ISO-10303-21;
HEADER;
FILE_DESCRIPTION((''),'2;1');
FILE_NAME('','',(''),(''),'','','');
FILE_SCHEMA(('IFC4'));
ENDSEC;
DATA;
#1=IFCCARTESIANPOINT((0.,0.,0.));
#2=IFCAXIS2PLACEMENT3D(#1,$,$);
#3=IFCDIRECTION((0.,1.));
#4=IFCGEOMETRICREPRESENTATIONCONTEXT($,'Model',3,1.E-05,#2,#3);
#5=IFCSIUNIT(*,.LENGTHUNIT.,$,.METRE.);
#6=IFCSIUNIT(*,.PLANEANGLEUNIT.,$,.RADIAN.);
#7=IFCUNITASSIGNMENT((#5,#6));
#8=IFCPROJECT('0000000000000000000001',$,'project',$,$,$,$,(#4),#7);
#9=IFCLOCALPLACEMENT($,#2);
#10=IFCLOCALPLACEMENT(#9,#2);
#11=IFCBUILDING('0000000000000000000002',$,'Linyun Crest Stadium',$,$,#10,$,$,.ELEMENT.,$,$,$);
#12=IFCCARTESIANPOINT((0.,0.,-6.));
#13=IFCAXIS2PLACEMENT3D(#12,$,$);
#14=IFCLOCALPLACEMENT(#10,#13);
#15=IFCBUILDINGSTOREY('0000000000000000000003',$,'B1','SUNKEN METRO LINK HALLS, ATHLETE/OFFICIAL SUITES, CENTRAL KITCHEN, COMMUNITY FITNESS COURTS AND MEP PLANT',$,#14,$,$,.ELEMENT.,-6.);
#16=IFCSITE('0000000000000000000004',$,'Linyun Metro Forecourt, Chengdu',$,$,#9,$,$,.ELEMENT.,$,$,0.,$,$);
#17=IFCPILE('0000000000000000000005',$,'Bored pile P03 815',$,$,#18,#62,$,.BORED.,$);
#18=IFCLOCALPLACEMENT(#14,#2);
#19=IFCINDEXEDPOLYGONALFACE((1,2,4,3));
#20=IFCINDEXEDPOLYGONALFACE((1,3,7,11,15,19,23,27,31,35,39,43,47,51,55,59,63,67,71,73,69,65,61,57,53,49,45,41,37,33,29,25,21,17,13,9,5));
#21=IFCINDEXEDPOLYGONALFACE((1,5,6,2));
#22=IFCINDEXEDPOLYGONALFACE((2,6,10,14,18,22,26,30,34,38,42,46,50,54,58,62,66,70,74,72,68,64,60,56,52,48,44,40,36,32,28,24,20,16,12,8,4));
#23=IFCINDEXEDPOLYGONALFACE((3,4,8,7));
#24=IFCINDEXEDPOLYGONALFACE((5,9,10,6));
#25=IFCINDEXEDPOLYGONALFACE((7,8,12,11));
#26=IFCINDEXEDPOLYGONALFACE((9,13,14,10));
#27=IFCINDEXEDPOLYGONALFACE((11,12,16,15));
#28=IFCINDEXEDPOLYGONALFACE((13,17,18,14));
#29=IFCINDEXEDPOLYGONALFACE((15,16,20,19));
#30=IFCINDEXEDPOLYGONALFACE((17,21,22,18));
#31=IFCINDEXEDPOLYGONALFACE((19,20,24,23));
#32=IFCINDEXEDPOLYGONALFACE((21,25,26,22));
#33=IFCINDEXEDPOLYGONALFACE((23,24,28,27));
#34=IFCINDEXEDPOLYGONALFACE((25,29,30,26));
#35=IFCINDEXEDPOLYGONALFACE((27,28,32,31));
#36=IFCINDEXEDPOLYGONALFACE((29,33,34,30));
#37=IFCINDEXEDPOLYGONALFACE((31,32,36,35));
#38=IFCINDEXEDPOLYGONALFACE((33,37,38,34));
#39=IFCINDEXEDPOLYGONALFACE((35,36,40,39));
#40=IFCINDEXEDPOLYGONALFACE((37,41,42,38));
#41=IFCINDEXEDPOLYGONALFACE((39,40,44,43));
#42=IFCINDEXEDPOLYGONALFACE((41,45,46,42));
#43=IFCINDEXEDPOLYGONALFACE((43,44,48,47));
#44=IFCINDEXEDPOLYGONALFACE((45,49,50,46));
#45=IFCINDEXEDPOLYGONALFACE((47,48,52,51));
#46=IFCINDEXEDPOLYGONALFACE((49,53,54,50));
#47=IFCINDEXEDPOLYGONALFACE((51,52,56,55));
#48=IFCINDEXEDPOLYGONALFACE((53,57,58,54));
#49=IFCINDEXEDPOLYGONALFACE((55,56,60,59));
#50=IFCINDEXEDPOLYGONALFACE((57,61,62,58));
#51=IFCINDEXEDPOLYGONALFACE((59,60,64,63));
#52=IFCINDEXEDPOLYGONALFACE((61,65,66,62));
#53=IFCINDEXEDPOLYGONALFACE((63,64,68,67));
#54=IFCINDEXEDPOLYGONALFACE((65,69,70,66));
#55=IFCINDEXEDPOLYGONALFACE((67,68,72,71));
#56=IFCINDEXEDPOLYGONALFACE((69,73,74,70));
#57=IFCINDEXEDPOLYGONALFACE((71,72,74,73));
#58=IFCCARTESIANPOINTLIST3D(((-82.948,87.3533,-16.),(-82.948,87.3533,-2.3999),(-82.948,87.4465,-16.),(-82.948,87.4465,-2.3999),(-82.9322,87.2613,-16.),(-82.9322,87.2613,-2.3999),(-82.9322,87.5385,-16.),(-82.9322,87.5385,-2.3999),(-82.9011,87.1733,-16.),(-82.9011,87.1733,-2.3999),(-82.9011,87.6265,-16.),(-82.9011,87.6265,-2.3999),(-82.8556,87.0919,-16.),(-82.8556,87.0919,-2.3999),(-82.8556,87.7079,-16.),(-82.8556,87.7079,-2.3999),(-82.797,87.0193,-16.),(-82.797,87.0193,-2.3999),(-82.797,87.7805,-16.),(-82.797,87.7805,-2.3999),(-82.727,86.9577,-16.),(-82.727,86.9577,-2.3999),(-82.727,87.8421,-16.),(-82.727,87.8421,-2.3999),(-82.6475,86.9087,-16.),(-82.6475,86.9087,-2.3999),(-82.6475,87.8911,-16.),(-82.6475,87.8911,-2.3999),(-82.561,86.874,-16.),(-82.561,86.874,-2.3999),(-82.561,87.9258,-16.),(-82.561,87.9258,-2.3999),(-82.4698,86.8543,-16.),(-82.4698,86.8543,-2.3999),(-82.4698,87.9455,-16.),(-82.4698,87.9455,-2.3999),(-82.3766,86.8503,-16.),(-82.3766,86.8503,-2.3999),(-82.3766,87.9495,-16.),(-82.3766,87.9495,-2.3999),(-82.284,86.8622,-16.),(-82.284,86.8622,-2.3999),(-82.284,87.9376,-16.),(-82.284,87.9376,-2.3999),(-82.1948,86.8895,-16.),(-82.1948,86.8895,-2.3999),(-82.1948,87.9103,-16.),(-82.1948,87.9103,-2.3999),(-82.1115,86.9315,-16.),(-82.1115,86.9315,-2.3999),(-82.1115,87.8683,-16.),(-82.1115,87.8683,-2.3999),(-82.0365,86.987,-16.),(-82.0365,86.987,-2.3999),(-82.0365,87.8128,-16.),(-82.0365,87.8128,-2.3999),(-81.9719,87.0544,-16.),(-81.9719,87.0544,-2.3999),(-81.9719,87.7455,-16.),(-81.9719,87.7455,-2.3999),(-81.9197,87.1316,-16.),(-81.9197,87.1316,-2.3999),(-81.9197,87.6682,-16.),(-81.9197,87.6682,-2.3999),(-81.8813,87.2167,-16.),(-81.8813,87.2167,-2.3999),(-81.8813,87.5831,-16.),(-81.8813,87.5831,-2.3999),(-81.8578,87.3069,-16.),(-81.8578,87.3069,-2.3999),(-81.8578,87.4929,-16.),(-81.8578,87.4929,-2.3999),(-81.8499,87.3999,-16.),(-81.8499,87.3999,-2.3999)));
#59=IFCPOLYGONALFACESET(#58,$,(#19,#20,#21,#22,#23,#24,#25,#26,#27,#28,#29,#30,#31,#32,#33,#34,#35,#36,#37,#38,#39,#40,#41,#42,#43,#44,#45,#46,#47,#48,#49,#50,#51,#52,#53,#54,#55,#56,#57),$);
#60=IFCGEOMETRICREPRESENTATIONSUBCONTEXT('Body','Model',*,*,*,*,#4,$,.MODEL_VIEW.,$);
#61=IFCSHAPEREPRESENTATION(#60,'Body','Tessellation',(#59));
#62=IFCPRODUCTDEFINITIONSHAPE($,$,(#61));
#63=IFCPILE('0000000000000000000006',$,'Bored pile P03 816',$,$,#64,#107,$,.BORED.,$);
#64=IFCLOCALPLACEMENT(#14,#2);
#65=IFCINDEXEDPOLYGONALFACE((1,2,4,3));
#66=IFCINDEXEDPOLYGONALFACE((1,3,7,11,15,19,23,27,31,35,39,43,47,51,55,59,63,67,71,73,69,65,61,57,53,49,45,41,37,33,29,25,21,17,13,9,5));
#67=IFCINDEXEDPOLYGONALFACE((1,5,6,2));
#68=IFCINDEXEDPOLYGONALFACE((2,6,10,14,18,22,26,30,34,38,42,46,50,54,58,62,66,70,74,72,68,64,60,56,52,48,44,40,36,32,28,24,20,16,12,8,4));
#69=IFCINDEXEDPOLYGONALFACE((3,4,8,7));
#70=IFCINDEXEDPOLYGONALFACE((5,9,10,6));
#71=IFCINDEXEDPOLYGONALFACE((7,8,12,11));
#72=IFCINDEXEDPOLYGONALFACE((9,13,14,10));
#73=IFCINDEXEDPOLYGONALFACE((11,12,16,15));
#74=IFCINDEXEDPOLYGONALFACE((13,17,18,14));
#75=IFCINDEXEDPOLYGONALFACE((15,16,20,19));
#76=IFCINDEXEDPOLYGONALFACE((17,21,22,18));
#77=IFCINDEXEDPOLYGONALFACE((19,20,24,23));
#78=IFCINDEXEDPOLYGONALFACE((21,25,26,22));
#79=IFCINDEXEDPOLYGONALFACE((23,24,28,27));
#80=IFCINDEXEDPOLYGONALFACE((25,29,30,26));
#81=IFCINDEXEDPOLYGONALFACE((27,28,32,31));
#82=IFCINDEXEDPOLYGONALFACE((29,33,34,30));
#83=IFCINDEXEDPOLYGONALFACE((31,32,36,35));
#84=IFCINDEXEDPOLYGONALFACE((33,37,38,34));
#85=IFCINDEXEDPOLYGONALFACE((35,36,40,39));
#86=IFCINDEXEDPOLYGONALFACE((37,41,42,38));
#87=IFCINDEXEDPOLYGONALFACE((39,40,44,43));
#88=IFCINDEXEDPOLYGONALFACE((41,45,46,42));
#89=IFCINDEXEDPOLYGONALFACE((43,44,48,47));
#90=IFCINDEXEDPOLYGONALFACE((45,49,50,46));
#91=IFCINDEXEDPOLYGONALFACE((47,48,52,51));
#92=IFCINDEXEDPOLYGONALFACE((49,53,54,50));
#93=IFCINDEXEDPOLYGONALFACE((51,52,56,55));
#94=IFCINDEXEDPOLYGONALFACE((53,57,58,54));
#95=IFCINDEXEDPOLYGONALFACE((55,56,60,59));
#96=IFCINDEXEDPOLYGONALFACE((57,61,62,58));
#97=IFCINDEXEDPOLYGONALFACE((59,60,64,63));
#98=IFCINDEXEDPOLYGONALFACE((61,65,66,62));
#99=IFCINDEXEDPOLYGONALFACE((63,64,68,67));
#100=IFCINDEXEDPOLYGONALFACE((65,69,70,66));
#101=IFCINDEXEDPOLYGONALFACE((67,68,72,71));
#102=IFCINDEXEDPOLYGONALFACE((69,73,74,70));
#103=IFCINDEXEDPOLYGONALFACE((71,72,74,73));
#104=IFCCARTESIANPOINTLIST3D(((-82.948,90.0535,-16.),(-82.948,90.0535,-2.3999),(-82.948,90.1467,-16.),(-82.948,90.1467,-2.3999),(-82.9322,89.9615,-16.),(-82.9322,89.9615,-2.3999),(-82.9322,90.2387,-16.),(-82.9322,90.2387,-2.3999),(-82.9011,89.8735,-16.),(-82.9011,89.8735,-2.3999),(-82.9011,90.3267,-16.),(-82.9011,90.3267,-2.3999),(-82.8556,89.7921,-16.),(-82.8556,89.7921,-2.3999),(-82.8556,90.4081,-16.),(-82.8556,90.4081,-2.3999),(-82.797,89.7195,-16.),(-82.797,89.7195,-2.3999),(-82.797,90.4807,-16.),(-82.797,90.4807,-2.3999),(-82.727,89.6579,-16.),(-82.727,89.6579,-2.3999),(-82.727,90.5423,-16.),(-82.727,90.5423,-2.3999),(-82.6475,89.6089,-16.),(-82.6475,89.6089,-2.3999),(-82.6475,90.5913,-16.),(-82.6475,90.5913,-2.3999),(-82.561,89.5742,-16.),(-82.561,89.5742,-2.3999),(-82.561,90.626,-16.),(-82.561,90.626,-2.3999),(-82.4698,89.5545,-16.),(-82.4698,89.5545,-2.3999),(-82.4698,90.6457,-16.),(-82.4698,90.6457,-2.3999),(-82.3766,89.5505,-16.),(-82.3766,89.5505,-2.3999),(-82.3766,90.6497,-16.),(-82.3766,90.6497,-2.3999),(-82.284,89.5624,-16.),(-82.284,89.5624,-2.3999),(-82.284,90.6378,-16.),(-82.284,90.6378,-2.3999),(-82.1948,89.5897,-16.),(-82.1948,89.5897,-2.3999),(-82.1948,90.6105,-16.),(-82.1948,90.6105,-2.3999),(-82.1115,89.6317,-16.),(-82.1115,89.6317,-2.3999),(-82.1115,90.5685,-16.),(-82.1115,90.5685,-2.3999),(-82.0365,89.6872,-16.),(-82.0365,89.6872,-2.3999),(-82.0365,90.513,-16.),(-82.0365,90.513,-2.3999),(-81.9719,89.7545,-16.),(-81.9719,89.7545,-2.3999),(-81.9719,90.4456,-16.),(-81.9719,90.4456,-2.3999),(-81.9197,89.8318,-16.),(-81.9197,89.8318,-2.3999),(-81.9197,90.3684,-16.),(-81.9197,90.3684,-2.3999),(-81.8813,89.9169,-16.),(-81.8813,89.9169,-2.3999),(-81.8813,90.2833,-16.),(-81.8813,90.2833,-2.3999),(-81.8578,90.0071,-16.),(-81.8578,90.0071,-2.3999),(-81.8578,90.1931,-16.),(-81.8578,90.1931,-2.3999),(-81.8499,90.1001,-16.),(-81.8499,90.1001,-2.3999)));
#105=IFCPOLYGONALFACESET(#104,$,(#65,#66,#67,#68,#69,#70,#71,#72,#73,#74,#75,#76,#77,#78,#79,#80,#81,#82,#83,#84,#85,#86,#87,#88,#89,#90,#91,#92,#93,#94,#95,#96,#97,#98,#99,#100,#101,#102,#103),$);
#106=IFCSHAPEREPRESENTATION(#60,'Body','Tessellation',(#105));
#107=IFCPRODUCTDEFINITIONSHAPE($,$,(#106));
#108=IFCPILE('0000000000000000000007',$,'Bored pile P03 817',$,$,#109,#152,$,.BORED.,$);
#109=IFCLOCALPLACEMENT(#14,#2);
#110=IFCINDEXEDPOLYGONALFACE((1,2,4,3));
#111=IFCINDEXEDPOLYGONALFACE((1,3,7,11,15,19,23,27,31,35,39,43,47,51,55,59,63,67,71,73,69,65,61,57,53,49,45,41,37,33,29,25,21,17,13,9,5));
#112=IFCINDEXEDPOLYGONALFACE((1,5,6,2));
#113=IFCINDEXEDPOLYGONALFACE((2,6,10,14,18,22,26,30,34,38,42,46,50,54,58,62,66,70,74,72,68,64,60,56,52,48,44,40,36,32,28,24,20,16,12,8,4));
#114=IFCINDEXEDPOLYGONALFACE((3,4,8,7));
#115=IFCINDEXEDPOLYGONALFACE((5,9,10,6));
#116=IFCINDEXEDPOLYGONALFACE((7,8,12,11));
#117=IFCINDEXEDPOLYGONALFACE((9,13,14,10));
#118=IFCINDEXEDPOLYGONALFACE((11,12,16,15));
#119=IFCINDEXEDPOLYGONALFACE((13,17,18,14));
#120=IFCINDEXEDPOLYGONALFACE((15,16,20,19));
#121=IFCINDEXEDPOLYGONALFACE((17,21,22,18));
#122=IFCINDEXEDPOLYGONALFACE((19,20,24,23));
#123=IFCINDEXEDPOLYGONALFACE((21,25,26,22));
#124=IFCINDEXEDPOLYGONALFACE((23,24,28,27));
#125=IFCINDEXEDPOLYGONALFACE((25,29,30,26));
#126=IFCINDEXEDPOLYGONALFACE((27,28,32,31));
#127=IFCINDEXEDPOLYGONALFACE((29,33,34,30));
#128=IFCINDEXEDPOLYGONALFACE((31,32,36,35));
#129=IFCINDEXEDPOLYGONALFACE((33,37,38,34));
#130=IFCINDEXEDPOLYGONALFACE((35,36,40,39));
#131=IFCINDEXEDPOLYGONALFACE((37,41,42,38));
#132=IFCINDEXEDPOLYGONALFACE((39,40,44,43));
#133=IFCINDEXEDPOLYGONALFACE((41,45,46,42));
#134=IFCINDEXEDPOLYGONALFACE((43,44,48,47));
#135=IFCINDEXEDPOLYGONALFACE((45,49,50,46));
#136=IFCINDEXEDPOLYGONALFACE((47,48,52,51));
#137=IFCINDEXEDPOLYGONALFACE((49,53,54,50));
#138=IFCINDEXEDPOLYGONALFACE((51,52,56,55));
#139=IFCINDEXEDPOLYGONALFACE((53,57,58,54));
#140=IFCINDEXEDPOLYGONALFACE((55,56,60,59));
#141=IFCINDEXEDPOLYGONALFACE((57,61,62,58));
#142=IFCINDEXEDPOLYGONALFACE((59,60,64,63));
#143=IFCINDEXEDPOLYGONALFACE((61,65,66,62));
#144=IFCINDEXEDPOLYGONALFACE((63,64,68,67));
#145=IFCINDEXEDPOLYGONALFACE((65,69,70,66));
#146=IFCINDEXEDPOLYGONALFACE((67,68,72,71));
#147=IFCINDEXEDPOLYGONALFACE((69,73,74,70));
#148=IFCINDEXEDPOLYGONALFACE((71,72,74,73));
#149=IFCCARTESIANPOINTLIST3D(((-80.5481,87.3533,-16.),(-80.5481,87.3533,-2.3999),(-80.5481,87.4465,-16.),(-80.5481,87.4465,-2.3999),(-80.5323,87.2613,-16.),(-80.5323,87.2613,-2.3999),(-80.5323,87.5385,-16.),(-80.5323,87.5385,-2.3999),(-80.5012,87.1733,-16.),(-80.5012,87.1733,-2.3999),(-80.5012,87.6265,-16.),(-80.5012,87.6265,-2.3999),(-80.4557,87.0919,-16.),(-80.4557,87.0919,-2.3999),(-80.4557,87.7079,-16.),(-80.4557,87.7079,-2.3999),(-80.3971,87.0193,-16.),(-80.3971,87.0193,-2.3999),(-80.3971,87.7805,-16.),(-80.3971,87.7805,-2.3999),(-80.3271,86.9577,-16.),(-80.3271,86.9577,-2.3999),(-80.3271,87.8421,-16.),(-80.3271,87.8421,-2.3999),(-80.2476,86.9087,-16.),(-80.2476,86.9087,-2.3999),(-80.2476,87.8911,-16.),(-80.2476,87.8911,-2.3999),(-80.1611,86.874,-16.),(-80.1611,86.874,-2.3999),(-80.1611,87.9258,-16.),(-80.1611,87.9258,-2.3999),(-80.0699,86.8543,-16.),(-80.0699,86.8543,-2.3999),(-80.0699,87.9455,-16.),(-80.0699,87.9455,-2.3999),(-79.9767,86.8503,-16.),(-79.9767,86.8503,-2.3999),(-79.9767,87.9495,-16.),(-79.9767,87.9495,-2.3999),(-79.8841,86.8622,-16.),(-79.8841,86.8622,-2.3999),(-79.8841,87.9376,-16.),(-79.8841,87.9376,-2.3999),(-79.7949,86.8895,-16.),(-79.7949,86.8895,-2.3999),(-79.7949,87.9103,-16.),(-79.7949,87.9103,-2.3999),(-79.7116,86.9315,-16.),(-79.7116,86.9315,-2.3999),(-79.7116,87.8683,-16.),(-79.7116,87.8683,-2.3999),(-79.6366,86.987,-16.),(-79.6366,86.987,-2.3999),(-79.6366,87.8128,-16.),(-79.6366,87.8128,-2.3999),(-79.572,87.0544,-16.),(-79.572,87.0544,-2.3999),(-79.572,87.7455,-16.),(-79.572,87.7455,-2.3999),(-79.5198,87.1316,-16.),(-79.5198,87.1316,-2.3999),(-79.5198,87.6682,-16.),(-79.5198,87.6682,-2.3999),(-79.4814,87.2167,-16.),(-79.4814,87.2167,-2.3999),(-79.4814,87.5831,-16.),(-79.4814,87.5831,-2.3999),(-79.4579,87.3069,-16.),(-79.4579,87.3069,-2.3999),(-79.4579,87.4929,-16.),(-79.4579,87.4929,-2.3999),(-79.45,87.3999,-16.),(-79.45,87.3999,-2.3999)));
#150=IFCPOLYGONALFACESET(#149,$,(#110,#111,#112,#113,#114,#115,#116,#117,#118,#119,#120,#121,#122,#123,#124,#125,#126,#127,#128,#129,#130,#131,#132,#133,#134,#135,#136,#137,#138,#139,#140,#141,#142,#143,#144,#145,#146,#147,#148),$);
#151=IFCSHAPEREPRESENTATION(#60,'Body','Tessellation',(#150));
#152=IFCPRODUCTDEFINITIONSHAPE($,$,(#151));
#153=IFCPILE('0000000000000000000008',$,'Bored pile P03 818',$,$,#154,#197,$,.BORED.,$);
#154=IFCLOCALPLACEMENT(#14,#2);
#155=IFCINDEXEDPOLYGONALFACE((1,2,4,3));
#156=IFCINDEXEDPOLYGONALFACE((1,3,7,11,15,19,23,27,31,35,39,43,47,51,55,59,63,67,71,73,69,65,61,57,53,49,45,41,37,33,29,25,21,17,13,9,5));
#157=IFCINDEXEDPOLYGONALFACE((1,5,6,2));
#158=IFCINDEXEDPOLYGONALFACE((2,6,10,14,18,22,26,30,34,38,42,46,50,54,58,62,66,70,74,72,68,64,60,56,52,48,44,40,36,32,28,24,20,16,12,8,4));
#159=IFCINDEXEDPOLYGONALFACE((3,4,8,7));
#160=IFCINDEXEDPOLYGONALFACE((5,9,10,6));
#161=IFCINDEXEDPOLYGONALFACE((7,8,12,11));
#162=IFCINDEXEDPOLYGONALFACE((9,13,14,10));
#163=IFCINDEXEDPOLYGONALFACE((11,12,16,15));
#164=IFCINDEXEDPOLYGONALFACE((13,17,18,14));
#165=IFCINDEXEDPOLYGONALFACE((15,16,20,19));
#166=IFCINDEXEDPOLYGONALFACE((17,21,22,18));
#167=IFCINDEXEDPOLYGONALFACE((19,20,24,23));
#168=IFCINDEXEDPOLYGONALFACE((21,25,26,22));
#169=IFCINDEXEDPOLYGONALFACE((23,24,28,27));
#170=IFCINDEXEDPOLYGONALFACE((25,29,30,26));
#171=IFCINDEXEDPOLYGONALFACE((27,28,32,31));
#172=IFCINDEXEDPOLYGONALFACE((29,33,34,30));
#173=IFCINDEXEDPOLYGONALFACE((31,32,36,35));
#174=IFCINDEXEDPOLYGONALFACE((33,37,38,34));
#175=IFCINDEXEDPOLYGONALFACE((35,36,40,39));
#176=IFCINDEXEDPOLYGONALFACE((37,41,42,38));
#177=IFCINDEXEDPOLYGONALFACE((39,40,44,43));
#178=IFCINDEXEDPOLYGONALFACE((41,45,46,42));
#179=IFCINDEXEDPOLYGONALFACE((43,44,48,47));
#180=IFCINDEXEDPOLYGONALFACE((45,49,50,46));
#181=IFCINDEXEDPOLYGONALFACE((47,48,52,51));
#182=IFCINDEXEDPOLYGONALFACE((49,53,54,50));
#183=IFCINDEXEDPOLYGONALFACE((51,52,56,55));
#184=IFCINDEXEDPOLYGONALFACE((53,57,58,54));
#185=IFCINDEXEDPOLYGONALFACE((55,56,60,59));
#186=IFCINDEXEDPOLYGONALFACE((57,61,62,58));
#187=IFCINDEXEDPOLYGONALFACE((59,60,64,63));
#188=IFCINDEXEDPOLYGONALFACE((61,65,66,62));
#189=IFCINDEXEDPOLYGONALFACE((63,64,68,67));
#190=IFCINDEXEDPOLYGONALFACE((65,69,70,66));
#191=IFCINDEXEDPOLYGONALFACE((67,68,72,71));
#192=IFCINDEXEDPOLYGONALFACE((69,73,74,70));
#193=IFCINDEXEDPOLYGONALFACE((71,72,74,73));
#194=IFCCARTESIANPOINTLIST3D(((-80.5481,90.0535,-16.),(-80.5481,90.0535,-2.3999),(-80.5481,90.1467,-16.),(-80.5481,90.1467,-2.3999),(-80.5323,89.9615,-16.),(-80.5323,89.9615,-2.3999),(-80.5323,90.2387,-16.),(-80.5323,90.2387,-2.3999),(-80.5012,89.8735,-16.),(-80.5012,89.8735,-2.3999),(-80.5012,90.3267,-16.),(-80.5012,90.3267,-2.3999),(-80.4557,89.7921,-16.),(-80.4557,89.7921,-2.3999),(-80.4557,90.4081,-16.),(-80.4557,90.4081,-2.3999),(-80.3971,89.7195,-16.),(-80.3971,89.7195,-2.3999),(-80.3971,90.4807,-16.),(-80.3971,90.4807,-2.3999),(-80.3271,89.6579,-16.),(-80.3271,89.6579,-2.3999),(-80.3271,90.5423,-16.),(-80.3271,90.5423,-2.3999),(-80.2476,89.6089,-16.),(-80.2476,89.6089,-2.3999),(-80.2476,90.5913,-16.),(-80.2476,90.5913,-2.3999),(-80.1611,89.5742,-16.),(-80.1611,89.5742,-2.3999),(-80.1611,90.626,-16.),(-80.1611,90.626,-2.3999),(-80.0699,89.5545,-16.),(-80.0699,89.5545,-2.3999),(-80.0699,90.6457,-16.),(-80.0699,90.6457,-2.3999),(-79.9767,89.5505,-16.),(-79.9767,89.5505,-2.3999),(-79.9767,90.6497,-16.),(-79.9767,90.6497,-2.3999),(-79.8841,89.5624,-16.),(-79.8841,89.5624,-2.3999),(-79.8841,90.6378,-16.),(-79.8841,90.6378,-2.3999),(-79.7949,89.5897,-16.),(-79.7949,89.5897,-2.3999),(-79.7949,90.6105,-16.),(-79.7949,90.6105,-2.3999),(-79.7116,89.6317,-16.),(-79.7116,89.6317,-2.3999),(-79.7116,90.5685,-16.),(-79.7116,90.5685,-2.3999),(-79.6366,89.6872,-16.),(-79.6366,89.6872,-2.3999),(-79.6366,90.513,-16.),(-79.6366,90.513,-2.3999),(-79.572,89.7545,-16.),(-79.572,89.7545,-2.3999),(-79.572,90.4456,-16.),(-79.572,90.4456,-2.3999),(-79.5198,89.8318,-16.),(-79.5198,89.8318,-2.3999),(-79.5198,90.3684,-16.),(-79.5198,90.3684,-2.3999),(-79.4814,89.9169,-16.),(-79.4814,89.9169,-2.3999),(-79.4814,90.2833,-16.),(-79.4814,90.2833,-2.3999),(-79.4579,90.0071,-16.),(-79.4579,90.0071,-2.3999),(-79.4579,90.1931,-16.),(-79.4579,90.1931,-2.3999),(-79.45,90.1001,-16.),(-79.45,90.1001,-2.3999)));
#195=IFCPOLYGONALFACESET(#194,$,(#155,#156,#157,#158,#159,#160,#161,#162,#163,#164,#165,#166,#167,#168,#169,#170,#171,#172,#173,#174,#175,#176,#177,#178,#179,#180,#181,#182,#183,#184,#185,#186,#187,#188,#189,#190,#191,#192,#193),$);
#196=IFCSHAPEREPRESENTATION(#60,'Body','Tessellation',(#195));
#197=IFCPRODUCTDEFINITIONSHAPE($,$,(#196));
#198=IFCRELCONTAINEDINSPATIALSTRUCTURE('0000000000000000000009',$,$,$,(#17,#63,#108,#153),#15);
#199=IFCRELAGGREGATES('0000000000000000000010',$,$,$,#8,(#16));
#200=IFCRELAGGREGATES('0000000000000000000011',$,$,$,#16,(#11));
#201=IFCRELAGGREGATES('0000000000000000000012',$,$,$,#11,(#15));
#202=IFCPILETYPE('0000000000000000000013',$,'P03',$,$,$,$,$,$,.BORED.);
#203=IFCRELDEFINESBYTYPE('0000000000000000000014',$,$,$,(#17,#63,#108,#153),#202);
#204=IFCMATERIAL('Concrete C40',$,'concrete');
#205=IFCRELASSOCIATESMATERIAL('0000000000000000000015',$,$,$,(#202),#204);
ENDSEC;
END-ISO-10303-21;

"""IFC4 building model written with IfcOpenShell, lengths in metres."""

from ifc_helpers import new_model, si_unit, direction, frame, origin, origin_2d, place, context, subcontext, project, spatial, circle, extrude, material, material_profile, profile_set, type_object, element, save


model = new_model("IFC4")

# Units and contexts
model_context = context("Model", 3, precision=1e-05, world=origin(), true_north=direction((0.0, 1.0)))
body_context = subcontext(model_context, "Body", "Model", "MODEL_VIEW")
ifc_project = project(units=[si_unit("LENGTHUNIT", "METRE"), si_unit("PLANEANGLEUNIT", "RADIAN")], contexts=[model_context])

# Site, building, storey
site_placement = place(None, origin())
site = spatial("IfcSite", under=ifc_project, at=site_placement, Name="Linyun Metro Forecourt, Chengdu", CompositionType="ELEMENT", RefElevation=0.0)
building_placement = place(site_placement, origin())
building = spatial("IfcBuilding", under=site, at=building_placement, Name="Linyun Crest Stadium", CompositionType="ELEMENT")
storey_placement = place(building_placement, frame((0.0, 0.0, -6.0)))
storey = spatial("IfcBuildingStorey", under=building, at=storey_placement, Name="B1", Description="SUNKEN METRO LINK HALLS, ATHLETE/OFFICIAL SUITES, CENTRAL KITCHEN, COMMUNITY FITNESS COURTS AND MEP PLANT", CompositionType="ELEMENT", Elevation=-6.0)

# Piles
ifc_material_1 = material(Name="Concrete C40", Category="concrete")
ifc_material_profile_1 = material_profile(ifc_material_1, circle(Radius=0.55, at=origin_2d()), Name="BORED PILE 1100")
ifc_profile_set_1 = profile_set([ifc_material_profile_1], Name="Concrete C40")
pile_type_1 = type_object("IfcPileType", Name="P03", PredefinedType="BORED", material=ifc_profile_set_1)
for number, where, z_axis, x_axis, name in (
    (1, (-82.3999, 87.3999, -2.3999), (0.0, 0.0, -1.0), (1.0, 0.0, 0.0), "Bored pile P03 815"),
    (2, (-82.3999, 90.1001, -2.3999), (0.0, 0.0, -1.0), (1.0, 0.0, 0.0), "Bored pile P03 816"),
    (3, (-80.0, 87.3999, -2.3999), (0.0, 0.0, -1.0), (1.0, 0.0, 0.0), "Bored pile P03 817"),
    (4, (-80.0, 90.1001, -2.3999), (0.0, 0.0, -1.0), (1.0, 0.0, 0.0), "Bored pile P03 818"),
):
    element("IfcPile", number, at=place(storey_placement, frame(where, z_axis=z_axis, x_axis=x_axis)), inside=storey, type_object=pile_type_1, Name=name, PredefinedType="BORED", context=body_context, shape_type="SweptSolid", body=[
        extrude(circle(Radius=0.55, at=origin_2d()), origin(), (0.0, 0.0, 1.0), 13.6001),
    ])

save(model, "model.ifc")
